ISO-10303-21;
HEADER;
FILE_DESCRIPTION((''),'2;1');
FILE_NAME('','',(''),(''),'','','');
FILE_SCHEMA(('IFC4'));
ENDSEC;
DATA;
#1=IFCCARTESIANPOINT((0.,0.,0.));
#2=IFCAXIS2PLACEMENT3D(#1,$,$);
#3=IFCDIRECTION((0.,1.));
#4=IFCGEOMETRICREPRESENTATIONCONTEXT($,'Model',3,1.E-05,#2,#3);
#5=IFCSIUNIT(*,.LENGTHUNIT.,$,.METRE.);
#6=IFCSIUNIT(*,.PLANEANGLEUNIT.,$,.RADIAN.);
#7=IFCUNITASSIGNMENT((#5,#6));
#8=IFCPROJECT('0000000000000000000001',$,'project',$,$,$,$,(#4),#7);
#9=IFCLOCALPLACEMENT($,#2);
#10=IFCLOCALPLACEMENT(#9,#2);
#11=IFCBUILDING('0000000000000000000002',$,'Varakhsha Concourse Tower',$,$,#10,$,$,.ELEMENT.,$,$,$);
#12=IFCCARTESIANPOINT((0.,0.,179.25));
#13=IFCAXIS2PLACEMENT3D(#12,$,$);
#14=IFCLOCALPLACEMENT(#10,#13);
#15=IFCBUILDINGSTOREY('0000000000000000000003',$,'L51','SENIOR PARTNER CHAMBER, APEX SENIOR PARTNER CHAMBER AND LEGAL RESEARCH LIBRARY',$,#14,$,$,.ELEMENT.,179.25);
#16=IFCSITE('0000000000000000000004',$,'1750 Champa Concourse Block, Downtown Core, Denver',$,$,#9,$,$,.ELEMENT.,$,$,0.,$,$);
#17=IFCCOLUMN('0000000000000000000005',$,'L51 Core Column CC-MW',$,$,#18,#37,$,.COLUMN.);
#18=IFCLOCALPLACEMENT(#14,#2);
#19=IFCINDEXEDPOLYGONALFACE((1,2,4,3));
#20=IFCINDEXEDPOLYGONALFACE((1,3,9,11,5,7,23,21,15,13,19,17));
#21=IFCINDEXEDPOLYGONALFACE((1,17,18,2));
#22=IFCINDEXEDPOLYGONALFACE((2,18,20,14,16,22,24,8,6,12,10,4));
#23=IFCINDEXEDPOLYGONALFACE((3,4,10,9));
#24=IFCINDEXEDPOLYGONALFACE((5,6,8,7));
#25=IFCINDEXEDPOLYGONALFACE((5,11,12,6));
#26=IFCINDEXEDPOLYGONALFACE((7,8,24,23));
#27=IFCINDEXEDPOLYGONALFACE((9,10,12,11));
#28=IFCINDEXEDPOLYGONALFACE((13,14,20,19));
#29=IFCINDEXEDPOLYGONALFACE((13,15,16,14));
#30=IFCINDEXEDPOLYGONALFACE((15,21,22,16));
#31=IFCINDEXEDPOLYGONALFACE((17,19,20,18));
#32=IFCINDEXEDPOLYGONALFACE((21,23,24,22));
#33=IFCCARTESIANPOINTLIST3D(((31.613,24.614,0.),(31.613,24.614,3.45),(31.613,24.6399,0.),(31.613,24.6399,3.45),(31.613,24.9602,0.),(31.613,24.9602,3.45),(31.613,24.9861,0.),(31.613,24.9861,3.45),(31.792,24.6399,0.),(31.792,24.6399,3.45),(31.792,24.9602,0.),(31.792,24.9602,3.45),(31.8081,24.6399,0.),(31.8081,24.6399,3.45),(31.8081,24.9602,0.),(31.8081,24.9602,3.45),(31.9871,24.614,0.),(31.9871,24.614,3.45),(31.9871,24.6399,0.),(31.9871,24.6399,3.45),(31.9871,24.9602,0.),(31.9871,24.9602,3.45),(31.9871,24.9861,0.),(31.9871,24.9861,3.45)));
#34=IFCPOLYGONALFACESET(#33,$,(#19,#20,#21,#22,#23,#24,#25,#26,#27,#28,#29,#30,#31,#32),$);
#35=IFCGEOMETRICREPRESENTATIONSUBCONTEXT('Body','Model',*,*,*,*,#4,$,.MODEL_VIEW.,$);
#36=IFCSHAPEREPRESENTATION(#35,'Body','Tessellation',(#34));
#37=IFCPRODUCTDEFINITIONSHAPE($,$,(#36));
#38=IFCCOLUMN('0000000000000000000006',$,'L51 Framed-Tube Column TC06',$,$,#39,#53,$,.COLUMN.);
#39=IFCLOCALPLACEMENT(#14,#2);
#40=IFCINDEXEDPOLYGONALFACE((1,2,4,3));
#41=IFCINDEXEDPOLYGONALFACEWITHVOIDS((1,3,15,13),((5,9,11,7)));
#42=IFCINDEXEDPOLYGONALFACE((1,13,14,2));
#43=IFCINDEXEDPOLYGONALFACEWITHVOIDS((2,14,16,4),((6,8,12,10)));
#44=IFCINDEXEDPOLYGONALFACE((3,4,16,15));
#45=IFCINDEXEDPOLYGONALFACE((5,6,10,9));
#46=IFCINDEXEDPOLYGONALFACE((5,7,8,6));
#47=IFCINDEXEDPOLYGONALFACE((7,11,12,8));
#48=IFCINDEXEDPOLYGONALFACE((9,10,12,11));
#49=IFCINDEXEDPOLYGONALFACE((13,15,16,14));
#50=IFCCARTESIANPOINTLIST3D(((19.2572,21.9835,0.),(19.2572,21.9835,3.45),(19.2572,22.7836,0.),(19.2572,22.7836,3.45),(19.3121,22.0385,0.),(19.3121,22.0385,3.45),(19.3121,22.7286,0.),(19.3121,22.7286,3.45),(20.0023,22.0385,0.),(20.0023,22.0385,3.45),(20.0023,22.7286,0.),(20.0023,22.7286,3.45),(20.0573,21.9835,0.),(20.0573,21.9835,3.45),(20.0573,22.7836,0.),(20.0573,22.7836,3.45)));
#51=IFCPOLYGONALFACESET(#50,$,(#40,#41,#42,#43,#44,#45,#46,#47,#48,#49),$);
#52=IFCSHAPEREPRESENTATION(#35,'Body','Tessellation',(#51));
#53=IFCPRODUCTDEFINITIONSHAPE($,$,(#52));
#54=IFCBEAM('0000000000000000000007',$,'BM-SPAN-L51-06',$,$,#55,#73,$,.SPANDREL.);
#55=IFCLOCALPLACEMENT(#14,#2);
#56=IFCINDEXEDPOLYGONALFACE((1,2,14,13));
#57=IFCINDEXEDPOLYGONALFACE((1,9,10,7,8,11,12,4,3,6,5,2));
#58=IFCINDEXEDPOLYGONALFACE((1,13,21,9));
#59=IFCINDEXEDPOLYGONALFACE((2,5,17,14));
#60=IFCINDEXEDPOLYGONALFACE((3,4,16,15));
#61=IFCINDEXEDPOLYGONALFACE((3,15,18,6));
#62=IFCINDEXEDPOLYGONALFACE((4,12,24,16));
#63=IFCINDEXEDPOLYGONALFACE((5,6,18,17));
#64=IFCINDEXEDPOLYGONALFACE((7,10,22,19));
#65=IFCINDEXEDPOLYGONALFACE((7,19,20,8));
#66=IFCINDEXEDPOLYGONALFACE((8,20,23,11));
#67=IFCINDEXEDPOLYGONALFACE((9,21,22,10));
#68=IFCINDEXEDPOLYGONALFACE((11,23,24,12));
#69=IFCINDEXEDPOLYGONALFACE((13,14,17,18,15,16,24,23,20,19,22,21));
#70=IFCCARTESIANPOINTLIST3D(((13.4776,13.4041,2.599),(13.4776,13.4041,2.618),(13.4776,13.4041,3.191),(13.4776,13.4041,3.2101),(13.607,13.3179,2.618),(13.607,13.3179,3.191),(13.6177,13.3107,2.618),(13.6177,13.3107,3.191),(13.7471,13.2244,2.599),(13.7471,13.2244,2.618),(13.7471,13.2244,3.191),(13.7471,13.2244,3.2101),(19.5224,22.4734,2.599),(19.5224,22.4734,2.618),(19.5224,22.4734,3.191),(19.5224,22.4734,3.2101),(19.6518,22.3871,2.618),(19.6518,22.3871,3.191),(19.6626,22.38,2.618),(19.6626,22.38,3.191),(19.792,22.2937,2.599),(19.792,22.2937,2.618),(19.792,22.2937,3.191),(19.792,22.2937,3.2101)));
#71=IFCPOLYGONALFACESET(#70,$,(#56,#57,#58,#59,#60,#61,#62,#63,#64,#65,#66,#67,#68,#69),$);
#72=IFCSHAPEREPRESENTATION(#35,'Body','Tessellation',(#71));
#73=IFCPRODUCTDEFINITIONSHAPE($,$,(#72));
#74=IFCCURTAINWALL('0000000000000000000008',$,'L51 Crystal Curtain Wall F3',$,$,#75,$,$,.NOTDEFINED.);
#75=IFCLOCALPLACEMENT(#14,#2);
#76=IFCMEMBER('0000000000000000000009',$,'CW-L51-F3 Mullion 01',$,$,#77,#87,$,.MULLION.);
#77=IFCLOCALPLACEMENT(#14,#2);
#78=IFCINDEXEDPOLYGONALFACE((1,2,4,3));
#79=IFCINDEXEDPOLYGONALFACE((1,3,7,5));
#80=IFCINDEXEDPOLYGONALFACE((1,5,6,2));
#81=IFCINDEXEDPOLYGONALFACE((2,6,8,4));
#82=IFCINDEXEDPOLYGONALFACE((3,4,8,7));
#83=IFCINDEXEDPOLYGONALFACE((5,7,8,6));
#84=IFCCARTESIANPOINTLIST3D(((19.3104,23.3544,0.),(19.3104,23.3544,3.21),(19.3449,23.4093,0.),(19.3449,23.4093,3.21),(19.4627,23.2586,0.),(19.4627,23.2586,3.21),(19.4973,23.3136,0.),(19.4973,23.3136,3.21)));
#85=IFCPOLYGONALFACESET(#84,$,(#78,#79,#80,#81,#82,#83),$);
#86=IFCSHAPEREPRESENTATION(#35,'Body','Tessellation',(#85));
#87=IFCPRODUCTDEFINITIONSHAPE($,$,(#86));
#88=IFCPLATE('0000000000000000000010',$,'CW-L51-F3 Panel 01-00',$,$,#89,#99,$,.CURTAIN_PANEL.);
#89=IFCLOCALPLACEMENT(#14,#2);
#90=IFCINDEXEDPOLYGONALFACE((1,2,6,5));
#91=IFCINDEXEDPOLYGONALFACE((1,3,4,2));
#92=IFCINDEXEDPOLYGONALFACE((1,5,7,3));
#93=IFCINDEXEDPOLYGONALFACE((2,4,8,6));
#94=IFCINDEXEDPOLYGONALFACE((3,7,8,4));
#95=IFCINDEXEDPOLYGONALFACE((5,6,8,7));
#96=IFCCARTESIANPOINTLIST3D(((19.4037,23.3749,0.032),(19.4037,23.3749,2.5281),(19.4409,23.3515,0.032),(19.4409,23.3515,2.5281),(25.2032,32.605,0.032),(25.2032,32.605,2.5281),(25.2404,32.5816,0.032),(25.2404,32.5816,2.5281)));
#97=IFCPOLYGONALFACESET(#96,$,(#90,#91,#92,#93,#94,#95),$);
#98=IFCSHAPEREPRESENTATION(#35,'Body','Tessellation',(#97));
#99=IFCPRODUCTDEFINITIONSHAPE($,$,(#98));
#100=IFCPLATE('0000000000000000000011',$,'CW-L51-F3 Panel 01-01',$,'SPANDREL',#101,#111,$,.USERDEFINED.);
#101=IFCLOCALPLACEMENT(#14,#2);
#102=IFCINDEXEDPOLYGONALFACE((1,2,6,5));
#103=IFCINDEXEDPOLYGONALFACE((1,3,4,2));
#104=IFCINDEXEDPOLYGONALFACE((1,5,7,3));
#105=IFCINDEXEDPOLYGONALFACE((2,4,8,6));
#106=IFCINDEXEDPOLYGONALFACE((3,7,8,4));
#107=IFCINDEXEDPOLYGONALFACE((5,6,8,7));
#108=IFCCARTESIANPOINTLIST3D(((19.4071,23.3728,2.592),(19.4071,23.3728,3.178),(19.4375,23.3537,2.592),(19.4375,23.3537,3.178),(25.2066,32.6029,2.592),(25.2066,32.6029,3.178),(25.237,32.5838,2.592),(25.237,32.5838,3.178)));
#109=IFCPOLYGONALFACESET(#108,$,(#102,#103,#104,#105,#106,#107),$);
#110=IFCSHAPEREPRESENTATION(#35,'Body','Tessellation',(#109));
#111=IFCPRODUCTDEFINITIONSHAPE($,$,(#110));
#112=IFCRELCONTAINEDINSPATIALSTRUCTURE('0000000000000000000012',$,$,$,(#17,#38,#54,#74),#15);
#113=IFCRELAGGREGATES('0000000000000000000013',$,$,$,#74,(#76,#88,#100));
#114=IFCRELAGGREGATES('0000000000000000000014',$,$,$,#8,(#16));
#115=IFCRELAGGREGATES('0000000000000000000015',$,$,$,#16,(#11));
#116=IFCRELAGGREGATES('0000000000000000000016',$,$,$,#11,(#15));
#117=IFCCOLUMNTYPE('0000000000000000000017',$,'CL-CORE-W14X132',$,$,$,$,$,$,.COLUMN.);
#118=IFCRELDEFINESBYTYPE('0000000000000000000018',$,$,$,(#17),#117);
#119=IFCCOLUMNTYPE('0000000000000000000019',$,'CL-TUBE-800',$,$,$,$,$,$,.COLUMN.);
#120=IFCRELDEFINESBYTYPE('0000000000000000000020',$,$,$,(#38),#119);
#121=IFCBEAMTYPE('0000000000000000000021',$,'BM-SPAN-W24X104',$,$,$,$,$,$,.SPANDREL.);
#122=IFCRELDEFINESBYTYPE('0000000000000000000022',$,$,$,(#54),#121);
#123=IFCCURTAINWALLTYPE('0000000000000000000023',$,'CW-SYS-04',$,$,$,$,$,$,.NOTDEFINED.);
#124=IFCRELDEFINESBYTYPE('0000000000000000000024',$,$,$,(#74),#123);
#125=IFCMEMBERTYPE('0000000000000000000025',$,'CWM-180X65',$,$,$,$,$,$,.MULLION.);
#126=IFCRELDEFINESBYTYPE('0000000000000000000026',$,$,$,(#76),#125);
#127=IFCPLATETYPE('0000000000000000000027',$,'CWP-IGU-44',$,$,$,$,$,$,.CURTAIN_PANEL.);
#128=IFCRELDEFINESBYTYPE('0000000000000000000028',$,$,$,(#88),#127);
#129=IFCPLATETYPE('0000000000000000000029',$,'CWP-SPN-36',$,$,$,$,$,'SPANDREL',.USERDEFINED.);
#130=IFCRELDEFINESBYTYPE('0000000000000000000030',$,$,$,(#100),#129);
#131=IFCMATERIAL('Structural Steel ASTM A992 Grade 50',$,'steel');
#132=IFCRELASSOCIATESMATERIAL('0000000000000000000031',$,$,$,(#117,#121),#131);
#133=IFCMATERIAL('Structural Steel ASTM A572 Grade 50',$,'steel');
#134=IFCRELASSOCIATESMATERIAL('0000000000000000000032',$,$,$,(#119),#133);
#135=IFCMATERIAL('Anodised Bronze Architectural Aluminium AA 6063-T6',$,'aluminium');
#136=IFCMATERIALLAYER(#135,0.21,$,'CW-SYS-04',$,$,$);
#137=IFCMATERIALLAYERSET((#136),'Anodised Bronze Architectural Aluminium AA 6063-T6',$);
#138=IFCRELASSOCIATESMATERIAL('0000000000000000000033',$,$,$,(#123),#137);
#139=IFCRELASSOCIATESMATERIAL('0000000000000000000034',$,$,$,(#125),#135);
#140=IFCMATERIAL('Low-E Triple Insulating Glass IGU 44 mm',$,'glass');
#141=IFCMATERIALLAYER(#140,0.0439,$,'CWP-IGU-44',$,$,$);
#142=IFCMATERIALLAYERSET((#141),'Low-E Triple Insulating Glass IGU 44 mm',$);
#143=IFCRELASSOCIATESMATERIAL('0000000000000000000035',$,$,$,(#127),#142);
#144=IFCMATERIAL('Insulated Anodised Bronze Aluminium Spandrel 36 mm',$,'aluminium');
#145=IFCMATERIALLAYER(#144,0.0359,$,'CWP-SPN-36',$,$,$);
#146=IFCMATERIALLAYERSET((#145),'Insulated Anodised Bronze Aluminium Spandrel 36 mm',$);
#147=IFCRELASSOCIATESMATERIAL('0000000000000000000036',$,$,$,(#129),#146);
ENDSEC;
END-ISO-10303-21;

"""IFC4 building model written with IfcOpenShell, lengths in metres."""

from ifc_helpers import new_model, si_unit, direction, frame, origin, origin_2d, place, context, subcontext, project, spatial, rectangle, hollow_rectangle, i_section, extrude, source, transform, mapped, material, layer, layer_set, material_profile, profile_set, type_object, type_shapes, element, aggregate, save


model = new_model("IFC4")

# Units and contexts
model_context = context("Model", 3, precision=1e-05, world=origin(), true_north=direction((0.0, 1.0)))
body_context = subcontext(model_context, "Body", "Model", "MODEL_VIEW")
ifc_project = project(units=[si_unit("LENGTHUNIT", "METRE"), si_unit("PLANEANGLEUNIT", "RADIAN")], contexts=[model_context])

# Site, building, storey
site_placement = place(None, origin())
site = spatial("IfcSite", under=ifc_project, at=site_placement, Name="1750 Champa Concourse Block, Downtown Core, Denver", CompositionType="ELEMENT", RefElevation=0.0)
building_placement = place(site_placement, origin())
building = spatial("IfcBuilding", under=site, at=building_placement, Name="Varakhsha Concourse Tower", CompositionType="ELEMENT")
storey_placement = place(building_placement, frame((0.0, 0.0, 179.25)))
storey = spatial("IfcBuildingStorey", under=building, at=storey_placement, Name="L51", Description="SENIOR PARTNER CHAMBER, APEX SENIOR PARTNER CHAMBER AND LEGAL RESEARCH LIBRARY", CompositionType="ELEMENT", Elevation=179.25)

# Columns
ifc_material_1 = material(Name="Structural Steel ASTM A992 Grade 50", Category="steel")
ifc_material_profile_1 = material_profile(ifc_material_1, i_section(OverallWidth=0.374, OverallDepth=0.3721, WebThickness=0.0161, FlangeThickness=0.0259, at=origin_2d()), Name="W14X132")
ifc_profile_set_1 = profile_set([ifc_material_profile_1], Name="Structural Steel ASTM A992 Grade 50")
column_type_1 = type_object("IfcColumnType", Name="CL-CORE-W14X132", PredefinedType="COLUMN", material=ifc_profile_set_1)
column_1_placement = place(storey_placement, frame((31.8, 24.8, 0.0), z_axis=(0.0, 0.0, 1.0), x_axis=(1.0, 0.0, 0.0)))
element("IfcColumn", 1, at=column_1_placement, inside=storey, type_object=column_type_1, Name="L51 Core Column CC-MW", PredefinedType="COLUMN", context=body_context, shape_type="SweptSolid", body=[
    extrude(i_section(OverallWidth=0.374, OverallDepth=0.3721, WebThickness=0.0161, FlangeThickness=0.0259, at=origin_2d()), origin(), (0.0, 0.0, 1.0), 3.45),
])
ifc_material_2 = material(Name="Structural Steel ASTM A572 Grade 50", Category="steel")
ifc_material_profile_2 = material_profile(ifc_material_2, hollow_rectangle(XDim=0.8, YDim=0.8, WallThickness=0.0549, at=origin_2d()), Name="BOX 800x800x55")
ifc_profile_set_2 = profile_set([ifc_material_profile_2], Name="Structural Steel ASTM A572 Grade 50")
column_type_2 = type_object("IfcColumnType", Name="CL-TUBE-800", PredefinedType="COLUMN", material=ifc_profile_set_2)
column_2_placement = place(storey_placement, frame((19.6572, 22.3835, 0.0), z_axis=(0.0, 0.0, 1.0), x_axis=(1.0, 0.0, 0.0)))
element("IfcColumn", 2, at=column_2_placement, inside=storey, type_object=column_type_2, Name="L51 Framed-Tube Column TC06", PredefinedType="COLUMN", context=body_context, shape_type="SweptSolid", body=[
    extrude(hollow_rectangle(XDim=0.8, YDim=0.8, WallThickness=0.0549, at=origin_2d()), origin(), (0.0, 0.0, 1.0), 3.45),
])

# Beam
ifc_material_profile_3 = material_profile(ifc_material_1, i_section(OverallWidth=0.324, OverallDepth=0.6111, WebThickness=0.0129, FlangeThickness=0.019, at=origin_2d()), Name="W24X104")
ifc_profile_set_3 = profile_set([ifc_material_profile_3], Name="Structural Steel ASTM A992 Grade 50")
beam_type = type_object("IfcBeamType", Name="BM-SPAN-W24X104", PredefinedType="SPANDREL", material=ifc_profile_set_3)
beam_placement = place(storey_placement, frame((19.6572, 22.3835, 2.9045), z_axis=(-0.554617, -0.832105, 0.0), x_axis=(0.832105, -0.554617, 0.0)))
element("IfcBeam", 3, at=beam_placement, inside=storey, type_object=beam_type, Name="BM-SPAN-L51-06", PredefinedType="SPANDREL", context=body_context, shape_type="SweptSolid", body=[
    extrude(i_section(OverallWidth=0.324, OverallDepth=0.6111, WebThickness=0.0129, FlangeThickness=0.019, at=origin_2d()), origin(), (0.0, 0.0, 1.0), 10.8992),
])

# Curtain wall, member, plates
ifc_material_3 = material(Name="Anodised Bronze Architectural Aluminium AA 6063-T6", Category="aluminium")
ifc_layer_1 = layer(ifc_material_3, 0.21, Name="CW-SYS-04")
ifc_layer_set_1 = layer_set([ifc_layer_1], Name="Anodised Bronze Architectural Aluminium AA 6063-T6")
curtain_wall_type = type_object("IfcCurtainWallType", Name="CW-SYS-04", PredefinedType="NOTDEFINED", material=ifc_layer_set_1)
curtain_wall_placement = place(storey_placement, origin())
curtain_wall = element("IfcCurtainWall", 4, at=curtain_wall_placement, inside=storey, type_object=curtain_wall_type, Name="L51 Crystal Curtain Wall F3", PredefinedType="NOTDEFINED")
ifc_material_profile_4 = material_profile(ifc_material_3, rectangle(XDim=0.0649, YDim=0.1799, at=origin_2d()), Name="CWM-180X65")
ifc_profile_set_4 = profile_set([ifc_material_profile_4], Name="Anodised Bronze Architectural Aluminium AA 6063-T6")
member_type = type_object("IfcMemberType", Name="CWM-180X65", PredefinedType="MULLION", material=ifc_profile_set_4)
shared_shape_1 = source(origin(), body_context, "Body", "SweptSolid", [
    extrude(rectangle(XDim=0.0649, YDim=0.1799, at=origin_2d()), origin(), (0.0, 0.0, 1.0), 3.21),
])
type_shapes(member_type, [shared_shape_1])
member_placement = place(storey_placement, frame((19.4038, 23.334, 0.0), z_axis=(0.0, 0.0, 1.0), x_axis=(0.532022, 0.84673, 0.0)))
member = element("IfcMember", 5, at=member_placement, type_object=member_type, Name="CW-L51-F3 Mullion 01", PredefinedType="MULLION", context=body_context, shape_type="MappedRepresentation", body=[
    mapped(shared_shape_1, transform((0.0, 0.0, 0.0), scale=1.0)),
])
ifc_material_4 = material(Name="Low-E Triple Insulating Glass IGU 44 mm", Category="glass")
ifc_layer_2 = layer(ifc_material_4, 0.0439, Name="CWP-IGU-44")
ifc_layer_set_2 = layer_set([ifc_layer_2], Name="Low-E Triple Insulating Glass IGU 44 mm")
plate_type_1 = type_object("IfcPlateType", Name="CWP-IGU-44", PredefinedType="CURTAIN_PANEL", material=ifc_layer_set_2)
shared_shape_2 = source(origin(), body_context, "Body", "SweptSolid", [
    extrude(rectangle(XDim=10.9009, YDim=0.0439, at=origin_2d()), origin(), (0.0, 0.0, 1.0), 2.4961),
])
type_shapes(plate_type_1, [shared_shape_2])
plate_1_placement = place(storey_placement, frame((22.322, 27.9783, 0.032), z_axis=(0.0, 0.0, 1.0), x_axis=(0.532022, 0.84673, 0.0)))
plate_1 = element("IfcPlate", 6, at=plate_1_placement, type_object=plate_type_1, Name="CW-L51-F3 Panel 01-00", PredefinedType="CURTAIN_PANEL", context=body_context, shape_type="MappedRepresentation", body=[
    mapped(shared_shape_2, transform((0.0, 0.0, 0.0), scale=1.0)),
])
ifc_material_5 = material(Name="Insulated Anodised Bronze Aluminium Spandrel 36 mm", Category="aluminium")
ifc_layer_3 = layer(ifc_material_5, 0.0359, Name="CWP-SPN-36")
ifc_layer_set_3 = layer_set([ifc_layer_3], Name="Insulated Anodised Bronze Aluminium Spandrel 36 mm")
plate_type_2 = type_object("IfcPlateType", Name="CWP-SPN-36", ElementType="SPANDREL", PredefinedType="USERDEFINED", material=ifc_layer_set_3)
shared_shape_3 = source(origin(), body_context, "Body", "SweptSolid", [
    extrude(rectangle(XDim=10.9009, YDim=0.0359, at=origin_2d()), origin(), (0.0, 0.0, 1.0), 0.5859),
])
type_shapes(plate_type_2, [shared_shape_3])
plate_2_placement = place(storey_placement, frame((22.322, 27.9783, 2.592), z_axis=(0.0, 0.0, 1.0), x_axis=(0.532022, 0.84673, 0.0)))
plate_2 = element("IfcPlate", 7, at=plate_2_placement, type_object=plate_type_2, Name="CW-L51-F3 Panel 01-01", ObjectType="SPANDREL", PredefinedType="USERDEFINED", context=body_context, shape_type="MappedRepresentation", body=[
    mapped(shared_shape_3, transform((0.0, 0.0, 0.0), scale=1.0)),
])
aggregate(curtain_wall, [member, plate_1, plate_2])

save(model, "model.ifc")
